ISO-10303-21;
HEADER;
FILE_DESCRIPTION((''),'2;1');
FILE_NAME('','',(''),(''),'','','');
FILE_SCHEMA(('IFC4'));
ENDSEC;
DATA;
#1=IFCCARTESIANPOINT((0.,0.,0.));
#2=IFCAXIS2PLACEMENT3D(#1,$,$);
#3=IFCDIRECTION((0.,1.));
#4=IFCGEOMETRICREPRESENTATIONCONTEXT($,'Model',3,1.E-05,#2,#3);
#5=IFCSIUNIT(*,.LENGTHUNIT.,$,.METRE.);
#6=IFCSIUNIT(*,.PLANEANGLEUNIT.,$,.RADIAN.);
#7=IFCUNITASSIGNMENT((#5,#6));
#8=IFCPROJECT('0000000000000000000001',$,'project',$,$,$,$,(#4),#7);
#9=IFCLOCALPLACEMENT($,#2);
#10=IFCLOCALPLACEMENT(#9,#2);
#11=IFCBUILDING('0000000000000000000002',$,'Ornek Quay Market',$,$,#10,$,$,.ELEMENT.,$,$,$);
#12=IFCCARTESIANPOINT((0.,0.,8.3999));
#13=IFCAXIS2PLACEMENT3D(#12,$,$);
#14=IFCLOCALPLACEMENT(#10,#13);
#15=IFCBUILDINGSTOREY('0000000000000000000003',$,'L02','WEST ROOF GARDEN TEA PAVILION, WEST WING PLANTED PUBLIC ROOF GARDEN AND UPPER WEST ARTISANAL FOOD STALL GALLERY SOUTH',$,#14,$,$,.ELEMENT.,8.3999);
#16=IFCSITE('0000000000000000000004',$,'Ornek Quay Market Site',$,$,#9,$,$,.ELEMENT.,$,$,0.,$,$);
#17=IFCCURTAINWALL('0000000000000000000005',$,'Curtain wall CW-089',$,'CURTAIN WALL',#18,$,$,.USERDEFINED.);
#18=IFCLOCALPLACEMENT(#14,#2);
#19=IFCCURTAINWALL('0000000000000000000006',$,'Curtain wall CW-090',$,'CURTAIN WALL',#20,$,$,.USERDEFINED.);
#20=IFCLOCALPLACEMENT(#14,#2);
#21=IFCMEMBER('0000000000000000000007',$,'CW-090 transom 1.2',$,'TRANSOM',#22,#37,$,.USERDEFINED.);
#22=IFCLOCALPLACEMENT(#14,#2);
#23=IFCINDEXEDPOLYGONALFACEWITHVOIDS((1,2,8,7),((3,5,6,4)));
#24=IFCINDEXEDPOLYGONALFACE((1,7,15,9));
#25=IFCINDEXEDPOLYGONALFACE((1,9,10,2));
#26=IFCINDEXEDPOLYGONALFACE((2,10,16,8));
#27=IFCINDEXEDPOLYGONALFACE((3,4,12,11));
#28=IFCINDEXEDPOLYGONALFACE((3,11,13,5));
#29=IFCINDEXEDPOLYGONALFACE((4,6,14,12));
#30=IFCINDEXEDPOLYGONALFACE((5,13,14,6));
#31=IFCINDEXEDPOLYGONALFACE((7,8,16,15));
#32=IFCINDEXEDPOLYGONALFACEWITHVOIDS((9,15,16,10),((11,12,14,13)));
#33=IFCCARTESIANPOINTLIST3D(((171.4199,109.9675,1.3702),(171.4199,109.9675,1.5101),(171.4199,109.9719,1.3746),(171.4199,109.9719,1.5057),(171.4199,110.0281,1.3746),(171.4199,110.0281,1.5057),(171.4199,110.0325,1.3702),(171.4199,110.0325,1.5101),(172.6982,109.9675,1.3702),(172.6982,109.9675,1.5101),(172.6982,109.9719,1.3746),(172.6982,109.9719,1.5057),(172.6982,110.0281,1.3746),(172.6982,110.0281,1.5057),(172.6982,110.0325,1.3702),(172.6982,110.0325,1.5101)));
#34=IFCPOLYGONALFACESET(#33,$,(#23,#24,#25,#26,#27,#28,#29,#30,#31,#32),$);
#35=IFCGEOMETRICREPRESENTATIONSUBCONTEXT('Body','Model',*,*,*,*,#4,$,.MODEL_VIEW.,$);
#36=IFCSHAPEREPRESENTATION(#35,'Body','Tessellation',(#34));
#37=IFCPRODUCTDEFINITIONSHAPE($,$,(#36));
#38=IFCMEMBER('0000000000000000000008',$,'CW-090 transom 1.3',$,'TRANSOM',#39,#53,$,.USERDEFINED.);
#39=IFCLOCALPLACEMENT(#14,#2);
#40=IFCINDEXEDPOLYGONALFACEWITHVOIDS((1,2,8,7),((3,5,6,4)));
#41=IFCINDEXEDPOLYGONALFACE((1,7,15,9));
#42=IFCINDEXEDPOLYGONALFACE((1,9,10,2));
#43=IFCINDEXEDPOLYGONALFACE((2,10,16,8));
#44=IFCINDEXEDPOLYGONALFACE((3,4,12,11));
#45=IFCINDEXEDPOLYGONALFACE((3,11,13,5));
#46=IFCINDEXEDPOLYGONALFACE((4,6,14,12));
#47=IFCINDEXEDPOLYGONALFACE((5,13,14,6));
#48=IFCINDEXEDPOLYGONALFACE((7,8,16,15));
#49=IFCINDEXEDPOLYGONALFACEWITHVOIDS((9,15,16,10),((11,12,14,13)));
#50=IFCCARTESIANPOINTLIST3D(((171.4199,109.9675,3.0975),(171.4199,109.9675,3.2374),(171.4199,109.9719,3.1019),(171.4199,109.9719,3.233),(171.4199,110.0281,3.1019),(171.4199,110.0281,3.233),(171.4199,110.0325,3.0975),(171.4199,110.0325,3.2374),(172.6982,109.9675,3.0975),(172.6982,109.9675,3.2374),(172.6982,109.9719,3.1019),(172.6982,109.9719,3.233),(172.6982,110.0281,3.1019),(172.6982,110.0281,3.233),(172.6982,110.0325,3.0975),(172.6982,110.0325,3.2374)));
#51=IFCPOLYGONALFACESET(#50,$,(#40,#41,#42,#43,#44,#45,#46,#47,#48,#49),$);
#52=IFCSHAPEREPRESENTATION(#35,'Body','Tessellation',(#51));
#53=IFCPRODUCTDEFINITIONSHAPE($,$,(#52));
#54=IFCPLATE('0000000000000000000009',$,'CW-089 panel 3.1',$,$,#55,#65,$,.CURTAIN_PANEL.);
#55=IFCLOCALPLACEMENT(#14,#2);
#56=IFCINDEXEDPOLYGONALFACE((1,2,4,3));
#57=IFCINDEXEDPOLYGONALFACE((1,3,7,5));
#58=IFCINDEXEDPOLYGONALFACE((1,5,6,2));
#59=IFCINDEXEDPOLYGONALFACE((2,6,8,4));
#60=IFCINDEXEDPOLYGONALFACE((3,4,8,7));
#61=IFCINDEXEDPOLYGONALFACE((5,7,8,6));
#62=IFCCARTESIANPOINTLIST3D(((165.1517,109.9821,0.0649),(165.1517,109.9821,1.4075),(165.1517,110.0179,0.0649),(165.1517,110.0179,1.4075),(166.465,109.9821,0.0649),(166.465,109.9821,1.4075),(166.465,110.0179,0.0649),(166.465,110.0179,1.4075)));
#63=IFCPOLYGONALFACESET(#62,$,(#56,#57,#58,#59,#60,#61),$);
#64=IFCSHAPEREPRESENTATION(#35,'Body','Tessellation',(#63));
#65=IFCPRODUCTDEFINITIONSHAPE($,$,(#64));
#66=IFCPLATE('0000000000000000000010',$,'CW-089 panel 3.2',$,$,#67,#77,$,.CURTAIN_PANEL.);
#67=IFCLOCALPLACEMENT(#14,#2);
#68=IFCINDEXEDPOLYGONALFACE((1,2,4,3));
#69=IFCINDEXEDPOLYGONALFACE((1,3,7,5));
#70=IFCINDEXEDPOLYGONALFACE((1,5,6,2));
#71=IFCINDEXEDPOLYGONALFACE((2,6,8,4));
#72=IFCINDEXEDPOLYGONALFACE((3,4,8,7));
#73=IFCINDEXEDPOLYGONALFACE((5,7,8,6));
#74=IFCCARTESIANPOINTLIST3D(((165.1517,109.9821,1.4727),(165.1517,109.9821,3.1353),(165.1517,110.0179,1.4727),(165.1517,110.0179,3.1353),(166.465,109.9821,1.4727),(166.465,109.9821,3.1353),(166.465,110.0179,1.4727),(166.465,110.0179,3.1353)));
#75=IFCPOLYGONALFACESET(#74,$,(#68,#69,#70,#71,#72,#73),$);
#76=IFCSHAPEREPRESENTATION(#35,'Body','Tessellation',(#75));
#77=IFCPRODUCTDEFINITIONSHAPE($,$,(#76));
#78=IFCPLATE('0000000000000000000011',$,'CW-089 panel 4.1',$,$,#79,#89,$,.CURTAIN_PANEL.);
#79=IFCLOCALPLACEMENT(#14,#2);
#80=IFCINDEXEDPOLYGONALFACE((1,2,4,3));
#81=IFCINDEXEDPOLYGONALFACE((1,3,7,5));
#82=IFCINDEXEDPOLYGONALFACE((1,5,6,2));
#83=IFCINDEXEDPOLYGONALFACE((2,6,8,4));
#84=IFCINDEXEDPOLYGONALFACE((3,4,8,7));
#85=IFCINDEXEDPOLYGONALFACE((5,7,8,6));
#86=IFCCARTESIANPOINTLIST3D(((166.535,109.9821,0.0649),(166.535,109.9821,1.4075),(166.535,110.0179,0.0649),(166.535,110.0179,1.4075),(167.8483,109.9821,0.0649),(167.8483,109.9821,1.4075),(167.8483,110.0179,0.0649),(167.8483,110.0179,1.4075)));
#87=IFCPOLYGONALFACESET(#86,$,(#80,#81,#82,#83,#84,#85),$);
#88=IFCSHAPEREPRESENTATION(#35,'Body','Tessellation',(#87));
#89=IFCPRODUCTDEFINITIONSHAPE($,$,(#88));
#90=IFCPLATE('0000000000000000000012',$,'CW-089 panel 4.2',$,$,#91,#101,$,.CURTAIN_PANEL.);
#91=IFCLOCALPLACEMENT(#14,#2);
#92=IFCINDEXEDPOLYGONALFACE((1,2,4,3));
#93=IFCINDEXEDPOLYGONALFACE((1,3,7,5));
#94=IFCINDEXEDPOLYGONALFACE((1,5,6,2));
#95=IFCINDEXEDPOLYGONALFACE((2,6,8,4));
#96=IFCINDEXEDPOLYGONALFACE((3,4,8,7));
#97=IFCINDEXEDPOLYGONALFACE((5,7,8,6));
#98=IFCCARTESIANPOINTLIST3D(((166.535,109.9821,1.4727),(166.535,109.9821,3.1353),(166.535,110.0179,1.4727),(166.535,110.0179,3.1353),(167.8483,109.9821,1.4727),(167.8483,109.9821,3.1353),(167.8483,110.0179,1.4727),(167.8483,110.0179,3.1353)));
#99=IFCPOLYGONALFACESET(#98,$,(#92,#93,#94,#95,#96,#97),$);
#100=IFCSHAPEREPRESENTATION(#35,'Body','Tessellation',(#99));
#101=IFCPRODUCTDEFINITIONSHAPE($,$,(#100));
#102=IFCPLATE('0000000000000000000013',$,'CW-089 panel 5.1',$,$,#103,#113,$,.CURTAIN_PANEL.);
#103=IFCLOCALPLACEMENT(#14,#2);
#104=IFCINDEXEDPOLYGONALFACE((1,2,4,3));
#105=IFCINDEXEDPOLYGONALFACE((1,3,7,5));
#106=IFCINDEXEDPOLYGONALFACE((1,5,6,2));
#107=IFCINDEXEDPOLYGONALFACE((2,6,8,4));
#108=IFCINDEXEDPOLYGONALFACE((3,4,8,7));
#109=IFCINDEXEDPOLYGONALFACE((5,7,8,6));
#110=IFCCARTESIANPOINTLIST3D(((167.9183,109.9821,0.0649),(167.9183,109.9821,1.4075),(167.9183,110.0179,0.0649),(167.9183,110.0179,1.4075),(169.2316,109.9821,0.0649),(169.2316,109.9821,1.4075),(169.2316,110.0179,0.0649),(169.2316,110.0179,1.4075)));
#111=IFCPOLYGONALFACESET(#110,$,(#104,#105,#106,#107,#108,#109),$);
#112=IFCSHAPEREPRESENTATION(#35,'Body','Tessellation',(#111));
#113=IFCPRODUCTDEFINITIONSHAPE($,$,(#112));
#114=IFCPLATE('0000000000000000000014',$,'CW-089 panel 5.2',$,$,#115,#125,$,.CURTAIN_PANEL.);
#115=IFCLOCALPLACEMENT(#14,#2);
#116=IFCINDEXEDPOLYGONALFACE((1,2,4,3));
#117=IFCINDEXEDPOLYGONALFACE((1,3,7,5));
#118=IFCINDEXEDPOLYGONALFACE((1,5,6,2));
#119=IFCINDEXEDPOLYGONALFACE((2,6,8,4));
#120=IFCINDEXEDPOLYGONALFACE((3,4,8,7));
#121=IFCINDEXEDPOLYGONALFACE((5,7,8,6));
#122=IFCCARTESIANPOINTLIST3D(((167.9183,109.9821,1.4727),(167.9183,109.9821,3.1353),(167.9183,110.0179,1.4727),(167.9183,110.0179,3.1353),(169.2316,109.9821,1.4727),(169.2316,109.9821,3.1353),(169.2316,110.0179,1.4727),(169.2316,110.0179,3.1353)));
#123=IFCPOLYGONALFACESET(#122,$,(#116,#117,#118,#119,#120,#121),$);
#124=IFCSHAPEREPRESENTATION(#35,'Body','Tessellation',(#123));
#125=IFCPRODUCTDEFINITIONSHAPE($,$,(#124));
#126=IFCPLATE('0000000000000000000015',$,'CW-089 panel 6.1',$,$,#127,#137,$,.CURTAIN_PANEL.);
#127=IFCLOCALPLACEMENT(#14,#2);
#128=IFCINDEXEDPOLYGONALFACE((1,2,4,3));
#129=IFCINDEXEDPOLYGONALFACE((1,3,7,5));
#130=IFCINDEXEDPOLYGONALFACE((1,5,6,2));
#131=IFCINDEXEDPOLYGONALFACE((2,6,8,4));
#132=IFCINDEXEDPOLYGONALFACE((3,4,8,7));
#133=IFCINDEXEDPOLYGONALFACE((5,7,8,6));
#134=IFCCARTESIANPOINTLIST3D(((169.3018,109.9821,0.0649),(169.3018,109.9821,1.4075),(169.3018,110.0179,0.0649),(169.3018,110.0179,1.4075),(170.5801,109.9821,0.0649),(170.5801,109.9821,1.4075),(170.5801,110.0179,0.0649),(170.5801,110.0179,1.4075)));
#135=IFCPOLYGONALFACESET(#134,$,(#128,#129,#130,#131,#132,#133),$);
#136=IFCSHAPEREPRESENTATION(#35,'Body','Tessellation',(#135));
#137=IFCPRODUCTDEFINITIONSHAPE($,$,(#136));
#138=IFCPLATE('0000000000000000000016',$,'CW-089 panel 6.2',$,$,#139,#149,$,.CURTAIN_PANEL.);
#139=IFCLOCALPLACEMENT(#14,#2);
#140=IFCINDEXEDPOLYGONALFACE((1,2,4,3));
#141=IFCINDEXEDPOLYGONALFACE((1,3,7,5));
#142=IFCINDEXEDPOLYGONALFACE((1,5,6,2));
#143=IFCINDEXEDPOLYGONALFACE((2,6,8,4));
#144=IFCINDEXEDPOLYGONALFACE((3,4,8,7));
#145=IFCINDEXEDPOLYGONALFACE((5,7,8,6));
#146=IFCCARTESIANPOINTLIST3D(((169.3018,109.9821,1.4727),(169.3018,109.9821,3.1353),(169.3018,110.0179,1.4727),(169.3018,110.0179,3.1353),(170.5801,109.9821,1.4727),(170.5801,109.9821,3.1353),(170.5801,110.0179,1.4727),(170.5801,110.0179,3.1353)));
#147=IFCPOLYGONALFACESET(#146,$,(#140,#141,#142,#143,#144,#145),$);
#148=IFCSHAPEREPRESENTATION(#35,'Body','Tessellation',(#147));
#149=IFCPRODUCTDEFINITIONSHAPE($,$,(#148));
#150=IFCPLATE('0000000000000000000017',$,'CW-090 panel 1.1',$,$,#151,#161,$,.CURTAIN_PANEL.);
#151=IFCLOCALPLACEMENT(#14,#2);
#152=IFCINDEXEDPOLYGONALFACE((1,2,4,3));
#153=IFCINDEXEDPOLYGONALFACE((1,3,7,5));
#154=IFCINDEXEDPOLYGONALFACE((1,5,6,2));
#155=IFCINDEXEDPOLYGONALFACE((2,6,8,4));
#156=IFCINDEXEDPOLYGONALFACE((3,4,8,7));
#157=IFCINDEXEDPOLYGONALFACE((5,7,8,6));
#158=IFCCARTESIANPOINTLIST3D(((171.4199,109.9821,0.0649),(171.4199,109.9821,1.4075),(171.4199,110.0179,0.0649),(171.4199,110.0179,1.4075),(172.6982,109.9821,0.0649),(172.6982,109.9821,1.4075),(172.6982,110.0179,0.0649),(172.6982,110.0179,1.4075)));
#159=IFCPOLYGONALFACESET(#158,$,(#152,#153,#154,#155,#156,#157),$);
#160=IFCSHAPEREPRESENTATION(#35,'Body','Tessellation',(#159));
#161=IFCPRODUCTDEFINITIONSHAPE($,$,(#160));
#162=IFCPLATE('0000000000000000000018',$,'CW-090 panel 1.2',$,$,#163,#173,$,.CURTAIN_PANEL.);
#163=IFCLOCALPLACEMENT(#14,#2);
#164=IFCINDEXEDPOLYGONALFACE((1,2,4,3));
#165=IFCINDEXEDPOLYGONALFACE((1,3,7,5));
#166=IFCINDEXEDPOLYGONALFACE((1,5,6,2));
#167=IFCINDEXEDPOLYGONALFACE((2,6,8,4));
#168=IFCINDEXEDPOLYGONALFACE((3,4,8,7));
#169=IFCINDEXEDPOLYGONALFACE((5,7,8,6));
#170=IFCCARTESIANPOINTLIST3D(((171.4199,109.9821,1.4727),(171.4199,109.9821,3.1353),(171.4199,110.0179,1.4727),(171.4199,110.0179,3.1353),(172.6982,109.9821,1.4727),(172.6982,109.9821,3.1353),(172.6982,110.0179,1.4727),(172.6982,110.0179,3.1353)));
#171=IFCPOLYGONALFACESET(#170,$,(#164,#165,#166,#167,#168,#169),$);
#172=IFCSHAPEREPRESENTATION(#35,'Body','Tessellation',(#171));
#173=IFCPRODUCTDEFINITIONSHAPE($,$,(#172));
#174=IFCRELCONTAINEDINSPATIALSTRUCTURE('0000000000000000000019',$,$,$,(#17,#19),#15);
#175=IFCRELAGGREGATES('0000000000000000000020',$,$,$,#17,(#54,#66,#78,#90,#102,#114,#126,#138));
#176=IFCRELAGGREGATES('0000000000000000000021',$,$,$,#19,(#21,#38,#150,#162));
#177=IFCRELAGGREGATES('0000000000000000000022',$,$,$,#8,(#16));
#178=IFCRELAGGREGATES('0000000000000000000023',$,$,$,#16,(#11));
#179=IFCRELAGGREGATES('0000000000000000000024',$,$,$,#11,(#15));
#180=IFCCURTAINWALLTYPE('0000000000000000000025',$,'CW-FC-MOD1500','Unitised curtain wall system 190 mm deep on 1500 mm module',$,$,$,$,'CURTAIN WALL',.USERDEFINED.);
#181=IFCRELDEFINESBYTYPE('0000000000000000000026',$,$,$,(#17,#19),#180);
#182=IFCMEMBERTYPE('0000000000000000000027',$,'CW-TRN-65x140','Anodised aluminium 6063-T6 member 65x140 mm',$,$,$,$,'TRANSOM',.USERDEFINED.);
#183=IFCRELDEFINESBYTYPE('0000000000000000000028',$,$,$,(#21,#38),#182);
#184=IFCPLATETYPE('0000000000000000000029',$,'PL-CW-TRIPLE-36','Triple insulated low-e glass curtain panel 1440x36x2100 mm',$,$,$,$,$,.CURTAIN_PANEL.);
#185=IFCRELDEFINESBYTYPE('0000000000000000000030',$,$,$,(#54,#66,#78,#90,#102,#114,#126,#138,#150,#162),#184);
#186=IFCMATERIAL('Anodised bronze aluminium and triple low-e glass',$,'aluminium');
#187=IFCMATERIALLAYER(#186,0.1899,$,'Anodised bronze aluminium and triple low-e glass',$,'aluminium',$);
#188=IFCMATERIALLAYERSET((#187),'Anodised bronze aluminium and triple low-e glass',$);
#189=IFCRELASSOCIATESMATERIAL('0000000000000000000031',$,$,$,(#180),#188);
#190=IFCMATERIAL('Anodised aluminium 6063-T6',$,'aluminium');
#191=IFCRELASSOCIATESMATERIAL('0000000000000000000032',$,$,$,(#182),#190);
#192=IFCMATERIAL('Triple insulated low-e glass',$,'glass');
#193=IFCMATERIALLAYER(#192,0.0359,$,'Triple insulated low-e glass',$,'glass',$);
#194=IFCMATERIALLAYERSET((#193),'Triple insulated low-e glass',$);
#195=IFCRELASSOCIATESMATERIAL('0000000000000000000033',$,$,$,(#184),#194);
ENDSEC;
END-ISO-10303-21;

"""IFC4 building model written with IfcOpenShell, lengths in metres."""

from ifc_helpers import new_model, si_unit, direction, frame, origin, origin_2d, place, context, subcontext, project, spatial, rectangle, hollow_rectangle, extrude, material, layer, layer_set, material_profile, profile_set, type_object, element, aggregate, save


model = new_model("IFC4")

# Units and contexts
model_context = context("Model", 3, precision=1e-05, world=origin(), true_north=direction((0.0, 1.0)))
body_context = subcontext(model_context, "Body", "Model", "MODEL_VIEW")
ifc_project = project(units=[si_unit("LENGTHUNIT", "METRE"), si_unit("PLANEANGLEUNIT", "RADIAN")], contexts=[model_context])

# Site, building, storey
site_placement = place(None, origin())
site = spatial("IfcSite", under=ifc_project, at=site_placement, Name="Ornek Quay Market Site", CompositionType="ELEMENT", RefElevation=0.0)
building_placement = place(site_placement, origin())
building = spatial("IfcBuilding", under=site, at=building_placement, Name="Ornek Quay Market", CompositionType="ELEMENT")
storey_placement = place(building_placement, frame((0.0, 0.0, 8.3999)))
storey = spatial("IfcBuildingStorey", under=building, at=storey_placement, Name="L02", Description="WEST ROOF GARDEN TEA PAVILION, WEST WING PLANTED PUBLIC ROOF GARDEN AND UPPER WEST ARTISANAL FOOD STALL GALLERY SOUTH", CompositionType="ELEMENT", Elevation=8.3999)

# Curtain walls
ifc_material_1 = material(Name="Anodised bronze aluminium and triple low-e glass", Category="aluminium")
ifc_layer_1 = layer(ifc_material_1, 0.1899, Name="Anodised bronze aluminium and triple low-e glass", Category="aluminium")
ifc_layer_set_1 = layer_set([ifc_layer_1], Name="Anodised bronze aluminium and triple low-e glass")
curtain_wall_type = type_object("IfcCurtainWallType", Name="CW-FC-MOD1500", Description="Unitised curtain wall system 190 mm deep on 1500 mm module", ElementType="CURTAIN WALL", PredefinedType="USERDEFINED", material=ifc_layer_set_1)
curtain_wall_1_placement = place(storey_placement, origin())
curtain_wall_1 = element("IfcCurtainWall", 1, at=curtain_wall_1_placement, inside=storey, type_object=curtain_wall_type, Name="Curtain wall CW-089", ObjectType="CURTAIN WALL", PredefinedType="USERDEFINED")
ifc_material_2 = material(Name="Anodised aluminium 6063-T6", Category="aluminium")
curtain_wall_2_placement = place(storey_placement, origin())
curtain_wall_2 = element("IfcCurtainWall", 2, at=curtain_wall_2_placement, inside=storey, type_object=curtain_wall_type, Name="Curtain wall CW-090", ObjectType="CURTAIN WALL", PredefinedType="USERDEFINED")

# Members
ifc_material_profile_1 = material_profile(ifc_material_2, hollow_rectangle(XDim=0.0649, YDim=0.1399, WallThickness=0.0044, at=origin_2d()), Name="CW-TRN-65x140", Category="aluminium")
ifc_profile_set_1 = profile_set([ifc_material_profile_1], Name="Anodised aluminium 6063-T6")
member_type_1 = type_object("IfcMemberType", Name="CW-TRN-65x140", Description="Anodised aluminium 6063-T6 member 65x140 mm", ElementType="TRANSOM", PredefinedType="USERDEFINED", material=ifc_profile_set_1)
member_1_placement = place(storey_placement, frame((171.4199, 110.0, 1.4402), z_axis=(1.0, 0.0, 0.0), x_axis=(0.0, 1.0, 0.0)))
member_1 = element("IfcMember", 3, at=member_1_placement, type_object=member_type_1, Name="CW-090 transom 1.2", ObjectType="TRANSOM", PredefinedType="USERDEFINED", context=body_context, shape_type="SweptSolid", body=[
    extrude(hollow_rectangle(XDim=0.0649, YDim=0.1399, WallThickness=0.0044, at=origin_2d()), origin(), (0.0, 0.0, 1.0), 1.2783),
])
member_2_placement = place(storey_placement, frame((171.4199, 110.0, 3.1675), z_axis=(1.0, 0.0, 0.0), x_axis=(0.0, 1.0, 0.0)))
member_2 = element("IfcMember", 4, at=member_2_placement, type_object=member_type_1, Name="CW-090 transom 1.3", ObjectType="TRANSOM", PredefinedType="USERDEFINED", context=body_context, shape_type="SweptSolid", body=[
    extrude(hollow_rectangle(XDim=0.0649, YDim=0.1399, WallThickness=0.0044, at=origin_2d()), origin(), (0.0, 0.0, 1.0), 1.2783),
])

# Plates
ifc_material_3 = material(Name="Triple insulated low-e glass", Category="glass")
ifc_layer_2 = layer(ifc_material_3, 0.0359, Name="Triple insulated low-e glass", Category="glass")
ifc_layer_set_2 = layer_set([ifc_layer_2], Name="Triple insulated low-e glass")
plate_type = type_object("IfcPlateType", Name="PL-CW-TRIPLE-36", Description="Triple insulated low-e glass curtain panel 1440x36x2100 mm", PredefinedType="CURTAIN_PANEL", material=ifc_layer_set_2)
plate_1_placement = place(storey_placement, frame((165.8083, 110.0, 0.0649), z_axis=(0.0, 0.0, 1.0), x_axis=(1.0, 0.0, 0.0)))
plate_1 = element("IfcPlate", 5, at=plate_1_placement, type_object=plate_type, Name="CW-089 panel 3.1", PredefinedType="CURTAIN_PANEL", context=body_context, shape_type="SweptSolid", body=[
    extrude(rectangle(XDim=1.3132, YDim=0.0359, at=origin_2d()), origin(), (0.0, 0.0, 1.0), 1.3425),
])
plate_2_placement = place(storey_placement, frame((165.8083, 110.0, 1.4727), z_axis=(0.0, 0.0, 1.0), x_axis=(1.0, 0.0, 0.0)))
plate_2 = element("IfcPlate", 6, at=plate_2_placement, type_object=plate_type, Name="CW-089 panel 3.2", PredefinedType="CURTAIN_PANEL", context=body_context, shape_type="SweptSolid", body=[
    extrude(rectangle(XDim=1.3132, YDim=0.0359, at=origin_2d()), origin(), (0.0, 0.0, 1.0), 1.6626),
])
plate_3_placement = place(storey_placement, frame((167.1917, 110.0, 0.0649), z_axis=(0.0, 0.0, 1.0), x_axis=(1.0, 0.0, 0.0)))
plate_3 = element("IfcPlate", 7, at=plate_3_placement, type_object=plate_type, Name="CW-089 panel 4.1", PredefinedType="CURTAIN_PANEL", context=body_context, shape_type="SweptSolid", body=[
    extrude(rectangle(XDim=1.3132, YDim=0.0359, at=origin_2d()), origin(), (0.0, 0.0, 1.0), 1.3425),
])
plate_4_placement = place(storey_placement, frame((167.1917, 110.0, 1.4727), z_axis=(0.0, 0.0, 1.0), x_axis=(1.0, 0.0, 0.0)))
plate_4 = element("IfcPlate", 8, at=plate_4_placement, type_object=plate_type, Name="CW-089 panel 4.2", PredefinedType="CURTAIN_PANEL", context=body_context, shape_type="SweptSolid", body=[
    extrude(rectangle(XDim=1.3132, YDim=0.0359, at=origin_2d()), origin(), (0.0, 0.0, 1.0), 1.6626),
])
plate_5_placement = place(storey_placement, frame((168.575, 110.0, 0.0649), z_axis=(0.0, 0.0, 1.0), x_axis=(1.0, 0.0, 0.0)))
plate_5 = element("IfcPlate", 9, at=plate_5_placement, type_object=plate_type, Name="CW-089 panel 5.1", PredefinedType="CURTAIN_PANEL", context=body_context, shape_type="SweptSolid", body=[
    extrude(rectangle(XDim=1.3132, YDim=0.0359, at=origin_2d()), origin(), (0.0, 0.0, 1.0), 1.3425),
])
plate_6_placement = place(storey_placement, frame((168.575, 110.0, 1.4727), z_axis=(0.0, 0.0, 1.0), x_axis=(1.0, 0.0, 0.0)))
plate_6 = element("IfcPlate", 10, at=plate_6_placement, type_object=plate_type, Name="CW-089 panel 5.2", PredefinedType="CURTAIN_PANEL", context=body_context, shape_type="SweptSolid", body=[
    extrude(rectangle(XDim=1.3132, YDim=0.0359, at=origin_2d()), origin(), (0.0, 0.0, 1.0), 1.6626),
])
plate_7_placement = place(storey_placement, frame((169.9409, 110.0, 0.0649), z_axis=(0.0, 0.0, 1.0), x_axis=(1.0, 0.0, 0.0)))
plate_7 = element("IfcPlate", 11, at=plate_7_placement, type_object=plate_type, Name="CW-089 panel 6.1", PredefinedType="CURTAIN_PANEL", context=body_context, shape_type="SweptSolid", body=[
    extrude(rectangle(XDim=1.2783, YDim=0.0359, at=origin_2d()), origin(), (0.0, 0.0, 1.0), 1.3425),
])
plate_8_placement = place(storey_placement, frame((169.9409, 110.0, 1.4727), z_axis=(0.0, 0.0, 1.0), x_axis=(1.0, 0.0, 0.0)))
plate_8 = element("IfcPlate", 12, at=plate_8_placement, type_object=plate_type, Name="CW-089 panel 6.2", PredefinedType="CURTAIN_PANEL", context=body_context, shape_type="SweptSolid", body=[
    extrude(rectangle(XDim=1.2783, YDim=0.0359, at=origin_2d()), origin(), (0.0, 0.0, 1.0), 1.6626),
])
aggregate(curtain_wall_1, [plate_1, plate_2, plate_3, plate_4, plate_5, plate_6, plate_7, plate_8])
plate_9_placement = place(storey_placement, frame((172.0591, 110.0, 0.0649), z_axis=(0.0, 0.0, 1.0), x_axis=(1.0, 0.0, 0.0)))
plate_9 = element("IfcPlate", 13, at=plate_9_placement, type_object=plate_type, Name="CW-090 panel 1.1", PredefinedType="CURTAIN_PANEL", context=body_context, shape_type="SweptSolid", body=[
    extrude(rectangle(XDim=1.2783, YDim=0.0359, at=origin_2d()), origin(), (0.0, 0.0, 1.0), 1.3425),
])
plate_10_placement = place(storey_placement, frame((172.0591, 110.0, 1.4727), z_axis=(0.0, 0.0, 1.0), x_axis=(1.0, 0.0, 0.0)))
plate_10 = element("IfcPlate", 14, at=plate_10_placement, type_object=plate_type, Name="CW-090 panel 1.2", PredefinedType="CURTAIN_PANEL", context=body_context, shape_type="SweptSolid", body=[
    extrude(rectangle(XDim=1.2783, YDim=0.0359, at=origin_2d()), origin(), (0.0, 0.0, 1.0), 1.6626),
])
aggregate(curtain_wall_2, [member_1, member_2, plate_9, plate_10])

save(model, "model.ifc")
